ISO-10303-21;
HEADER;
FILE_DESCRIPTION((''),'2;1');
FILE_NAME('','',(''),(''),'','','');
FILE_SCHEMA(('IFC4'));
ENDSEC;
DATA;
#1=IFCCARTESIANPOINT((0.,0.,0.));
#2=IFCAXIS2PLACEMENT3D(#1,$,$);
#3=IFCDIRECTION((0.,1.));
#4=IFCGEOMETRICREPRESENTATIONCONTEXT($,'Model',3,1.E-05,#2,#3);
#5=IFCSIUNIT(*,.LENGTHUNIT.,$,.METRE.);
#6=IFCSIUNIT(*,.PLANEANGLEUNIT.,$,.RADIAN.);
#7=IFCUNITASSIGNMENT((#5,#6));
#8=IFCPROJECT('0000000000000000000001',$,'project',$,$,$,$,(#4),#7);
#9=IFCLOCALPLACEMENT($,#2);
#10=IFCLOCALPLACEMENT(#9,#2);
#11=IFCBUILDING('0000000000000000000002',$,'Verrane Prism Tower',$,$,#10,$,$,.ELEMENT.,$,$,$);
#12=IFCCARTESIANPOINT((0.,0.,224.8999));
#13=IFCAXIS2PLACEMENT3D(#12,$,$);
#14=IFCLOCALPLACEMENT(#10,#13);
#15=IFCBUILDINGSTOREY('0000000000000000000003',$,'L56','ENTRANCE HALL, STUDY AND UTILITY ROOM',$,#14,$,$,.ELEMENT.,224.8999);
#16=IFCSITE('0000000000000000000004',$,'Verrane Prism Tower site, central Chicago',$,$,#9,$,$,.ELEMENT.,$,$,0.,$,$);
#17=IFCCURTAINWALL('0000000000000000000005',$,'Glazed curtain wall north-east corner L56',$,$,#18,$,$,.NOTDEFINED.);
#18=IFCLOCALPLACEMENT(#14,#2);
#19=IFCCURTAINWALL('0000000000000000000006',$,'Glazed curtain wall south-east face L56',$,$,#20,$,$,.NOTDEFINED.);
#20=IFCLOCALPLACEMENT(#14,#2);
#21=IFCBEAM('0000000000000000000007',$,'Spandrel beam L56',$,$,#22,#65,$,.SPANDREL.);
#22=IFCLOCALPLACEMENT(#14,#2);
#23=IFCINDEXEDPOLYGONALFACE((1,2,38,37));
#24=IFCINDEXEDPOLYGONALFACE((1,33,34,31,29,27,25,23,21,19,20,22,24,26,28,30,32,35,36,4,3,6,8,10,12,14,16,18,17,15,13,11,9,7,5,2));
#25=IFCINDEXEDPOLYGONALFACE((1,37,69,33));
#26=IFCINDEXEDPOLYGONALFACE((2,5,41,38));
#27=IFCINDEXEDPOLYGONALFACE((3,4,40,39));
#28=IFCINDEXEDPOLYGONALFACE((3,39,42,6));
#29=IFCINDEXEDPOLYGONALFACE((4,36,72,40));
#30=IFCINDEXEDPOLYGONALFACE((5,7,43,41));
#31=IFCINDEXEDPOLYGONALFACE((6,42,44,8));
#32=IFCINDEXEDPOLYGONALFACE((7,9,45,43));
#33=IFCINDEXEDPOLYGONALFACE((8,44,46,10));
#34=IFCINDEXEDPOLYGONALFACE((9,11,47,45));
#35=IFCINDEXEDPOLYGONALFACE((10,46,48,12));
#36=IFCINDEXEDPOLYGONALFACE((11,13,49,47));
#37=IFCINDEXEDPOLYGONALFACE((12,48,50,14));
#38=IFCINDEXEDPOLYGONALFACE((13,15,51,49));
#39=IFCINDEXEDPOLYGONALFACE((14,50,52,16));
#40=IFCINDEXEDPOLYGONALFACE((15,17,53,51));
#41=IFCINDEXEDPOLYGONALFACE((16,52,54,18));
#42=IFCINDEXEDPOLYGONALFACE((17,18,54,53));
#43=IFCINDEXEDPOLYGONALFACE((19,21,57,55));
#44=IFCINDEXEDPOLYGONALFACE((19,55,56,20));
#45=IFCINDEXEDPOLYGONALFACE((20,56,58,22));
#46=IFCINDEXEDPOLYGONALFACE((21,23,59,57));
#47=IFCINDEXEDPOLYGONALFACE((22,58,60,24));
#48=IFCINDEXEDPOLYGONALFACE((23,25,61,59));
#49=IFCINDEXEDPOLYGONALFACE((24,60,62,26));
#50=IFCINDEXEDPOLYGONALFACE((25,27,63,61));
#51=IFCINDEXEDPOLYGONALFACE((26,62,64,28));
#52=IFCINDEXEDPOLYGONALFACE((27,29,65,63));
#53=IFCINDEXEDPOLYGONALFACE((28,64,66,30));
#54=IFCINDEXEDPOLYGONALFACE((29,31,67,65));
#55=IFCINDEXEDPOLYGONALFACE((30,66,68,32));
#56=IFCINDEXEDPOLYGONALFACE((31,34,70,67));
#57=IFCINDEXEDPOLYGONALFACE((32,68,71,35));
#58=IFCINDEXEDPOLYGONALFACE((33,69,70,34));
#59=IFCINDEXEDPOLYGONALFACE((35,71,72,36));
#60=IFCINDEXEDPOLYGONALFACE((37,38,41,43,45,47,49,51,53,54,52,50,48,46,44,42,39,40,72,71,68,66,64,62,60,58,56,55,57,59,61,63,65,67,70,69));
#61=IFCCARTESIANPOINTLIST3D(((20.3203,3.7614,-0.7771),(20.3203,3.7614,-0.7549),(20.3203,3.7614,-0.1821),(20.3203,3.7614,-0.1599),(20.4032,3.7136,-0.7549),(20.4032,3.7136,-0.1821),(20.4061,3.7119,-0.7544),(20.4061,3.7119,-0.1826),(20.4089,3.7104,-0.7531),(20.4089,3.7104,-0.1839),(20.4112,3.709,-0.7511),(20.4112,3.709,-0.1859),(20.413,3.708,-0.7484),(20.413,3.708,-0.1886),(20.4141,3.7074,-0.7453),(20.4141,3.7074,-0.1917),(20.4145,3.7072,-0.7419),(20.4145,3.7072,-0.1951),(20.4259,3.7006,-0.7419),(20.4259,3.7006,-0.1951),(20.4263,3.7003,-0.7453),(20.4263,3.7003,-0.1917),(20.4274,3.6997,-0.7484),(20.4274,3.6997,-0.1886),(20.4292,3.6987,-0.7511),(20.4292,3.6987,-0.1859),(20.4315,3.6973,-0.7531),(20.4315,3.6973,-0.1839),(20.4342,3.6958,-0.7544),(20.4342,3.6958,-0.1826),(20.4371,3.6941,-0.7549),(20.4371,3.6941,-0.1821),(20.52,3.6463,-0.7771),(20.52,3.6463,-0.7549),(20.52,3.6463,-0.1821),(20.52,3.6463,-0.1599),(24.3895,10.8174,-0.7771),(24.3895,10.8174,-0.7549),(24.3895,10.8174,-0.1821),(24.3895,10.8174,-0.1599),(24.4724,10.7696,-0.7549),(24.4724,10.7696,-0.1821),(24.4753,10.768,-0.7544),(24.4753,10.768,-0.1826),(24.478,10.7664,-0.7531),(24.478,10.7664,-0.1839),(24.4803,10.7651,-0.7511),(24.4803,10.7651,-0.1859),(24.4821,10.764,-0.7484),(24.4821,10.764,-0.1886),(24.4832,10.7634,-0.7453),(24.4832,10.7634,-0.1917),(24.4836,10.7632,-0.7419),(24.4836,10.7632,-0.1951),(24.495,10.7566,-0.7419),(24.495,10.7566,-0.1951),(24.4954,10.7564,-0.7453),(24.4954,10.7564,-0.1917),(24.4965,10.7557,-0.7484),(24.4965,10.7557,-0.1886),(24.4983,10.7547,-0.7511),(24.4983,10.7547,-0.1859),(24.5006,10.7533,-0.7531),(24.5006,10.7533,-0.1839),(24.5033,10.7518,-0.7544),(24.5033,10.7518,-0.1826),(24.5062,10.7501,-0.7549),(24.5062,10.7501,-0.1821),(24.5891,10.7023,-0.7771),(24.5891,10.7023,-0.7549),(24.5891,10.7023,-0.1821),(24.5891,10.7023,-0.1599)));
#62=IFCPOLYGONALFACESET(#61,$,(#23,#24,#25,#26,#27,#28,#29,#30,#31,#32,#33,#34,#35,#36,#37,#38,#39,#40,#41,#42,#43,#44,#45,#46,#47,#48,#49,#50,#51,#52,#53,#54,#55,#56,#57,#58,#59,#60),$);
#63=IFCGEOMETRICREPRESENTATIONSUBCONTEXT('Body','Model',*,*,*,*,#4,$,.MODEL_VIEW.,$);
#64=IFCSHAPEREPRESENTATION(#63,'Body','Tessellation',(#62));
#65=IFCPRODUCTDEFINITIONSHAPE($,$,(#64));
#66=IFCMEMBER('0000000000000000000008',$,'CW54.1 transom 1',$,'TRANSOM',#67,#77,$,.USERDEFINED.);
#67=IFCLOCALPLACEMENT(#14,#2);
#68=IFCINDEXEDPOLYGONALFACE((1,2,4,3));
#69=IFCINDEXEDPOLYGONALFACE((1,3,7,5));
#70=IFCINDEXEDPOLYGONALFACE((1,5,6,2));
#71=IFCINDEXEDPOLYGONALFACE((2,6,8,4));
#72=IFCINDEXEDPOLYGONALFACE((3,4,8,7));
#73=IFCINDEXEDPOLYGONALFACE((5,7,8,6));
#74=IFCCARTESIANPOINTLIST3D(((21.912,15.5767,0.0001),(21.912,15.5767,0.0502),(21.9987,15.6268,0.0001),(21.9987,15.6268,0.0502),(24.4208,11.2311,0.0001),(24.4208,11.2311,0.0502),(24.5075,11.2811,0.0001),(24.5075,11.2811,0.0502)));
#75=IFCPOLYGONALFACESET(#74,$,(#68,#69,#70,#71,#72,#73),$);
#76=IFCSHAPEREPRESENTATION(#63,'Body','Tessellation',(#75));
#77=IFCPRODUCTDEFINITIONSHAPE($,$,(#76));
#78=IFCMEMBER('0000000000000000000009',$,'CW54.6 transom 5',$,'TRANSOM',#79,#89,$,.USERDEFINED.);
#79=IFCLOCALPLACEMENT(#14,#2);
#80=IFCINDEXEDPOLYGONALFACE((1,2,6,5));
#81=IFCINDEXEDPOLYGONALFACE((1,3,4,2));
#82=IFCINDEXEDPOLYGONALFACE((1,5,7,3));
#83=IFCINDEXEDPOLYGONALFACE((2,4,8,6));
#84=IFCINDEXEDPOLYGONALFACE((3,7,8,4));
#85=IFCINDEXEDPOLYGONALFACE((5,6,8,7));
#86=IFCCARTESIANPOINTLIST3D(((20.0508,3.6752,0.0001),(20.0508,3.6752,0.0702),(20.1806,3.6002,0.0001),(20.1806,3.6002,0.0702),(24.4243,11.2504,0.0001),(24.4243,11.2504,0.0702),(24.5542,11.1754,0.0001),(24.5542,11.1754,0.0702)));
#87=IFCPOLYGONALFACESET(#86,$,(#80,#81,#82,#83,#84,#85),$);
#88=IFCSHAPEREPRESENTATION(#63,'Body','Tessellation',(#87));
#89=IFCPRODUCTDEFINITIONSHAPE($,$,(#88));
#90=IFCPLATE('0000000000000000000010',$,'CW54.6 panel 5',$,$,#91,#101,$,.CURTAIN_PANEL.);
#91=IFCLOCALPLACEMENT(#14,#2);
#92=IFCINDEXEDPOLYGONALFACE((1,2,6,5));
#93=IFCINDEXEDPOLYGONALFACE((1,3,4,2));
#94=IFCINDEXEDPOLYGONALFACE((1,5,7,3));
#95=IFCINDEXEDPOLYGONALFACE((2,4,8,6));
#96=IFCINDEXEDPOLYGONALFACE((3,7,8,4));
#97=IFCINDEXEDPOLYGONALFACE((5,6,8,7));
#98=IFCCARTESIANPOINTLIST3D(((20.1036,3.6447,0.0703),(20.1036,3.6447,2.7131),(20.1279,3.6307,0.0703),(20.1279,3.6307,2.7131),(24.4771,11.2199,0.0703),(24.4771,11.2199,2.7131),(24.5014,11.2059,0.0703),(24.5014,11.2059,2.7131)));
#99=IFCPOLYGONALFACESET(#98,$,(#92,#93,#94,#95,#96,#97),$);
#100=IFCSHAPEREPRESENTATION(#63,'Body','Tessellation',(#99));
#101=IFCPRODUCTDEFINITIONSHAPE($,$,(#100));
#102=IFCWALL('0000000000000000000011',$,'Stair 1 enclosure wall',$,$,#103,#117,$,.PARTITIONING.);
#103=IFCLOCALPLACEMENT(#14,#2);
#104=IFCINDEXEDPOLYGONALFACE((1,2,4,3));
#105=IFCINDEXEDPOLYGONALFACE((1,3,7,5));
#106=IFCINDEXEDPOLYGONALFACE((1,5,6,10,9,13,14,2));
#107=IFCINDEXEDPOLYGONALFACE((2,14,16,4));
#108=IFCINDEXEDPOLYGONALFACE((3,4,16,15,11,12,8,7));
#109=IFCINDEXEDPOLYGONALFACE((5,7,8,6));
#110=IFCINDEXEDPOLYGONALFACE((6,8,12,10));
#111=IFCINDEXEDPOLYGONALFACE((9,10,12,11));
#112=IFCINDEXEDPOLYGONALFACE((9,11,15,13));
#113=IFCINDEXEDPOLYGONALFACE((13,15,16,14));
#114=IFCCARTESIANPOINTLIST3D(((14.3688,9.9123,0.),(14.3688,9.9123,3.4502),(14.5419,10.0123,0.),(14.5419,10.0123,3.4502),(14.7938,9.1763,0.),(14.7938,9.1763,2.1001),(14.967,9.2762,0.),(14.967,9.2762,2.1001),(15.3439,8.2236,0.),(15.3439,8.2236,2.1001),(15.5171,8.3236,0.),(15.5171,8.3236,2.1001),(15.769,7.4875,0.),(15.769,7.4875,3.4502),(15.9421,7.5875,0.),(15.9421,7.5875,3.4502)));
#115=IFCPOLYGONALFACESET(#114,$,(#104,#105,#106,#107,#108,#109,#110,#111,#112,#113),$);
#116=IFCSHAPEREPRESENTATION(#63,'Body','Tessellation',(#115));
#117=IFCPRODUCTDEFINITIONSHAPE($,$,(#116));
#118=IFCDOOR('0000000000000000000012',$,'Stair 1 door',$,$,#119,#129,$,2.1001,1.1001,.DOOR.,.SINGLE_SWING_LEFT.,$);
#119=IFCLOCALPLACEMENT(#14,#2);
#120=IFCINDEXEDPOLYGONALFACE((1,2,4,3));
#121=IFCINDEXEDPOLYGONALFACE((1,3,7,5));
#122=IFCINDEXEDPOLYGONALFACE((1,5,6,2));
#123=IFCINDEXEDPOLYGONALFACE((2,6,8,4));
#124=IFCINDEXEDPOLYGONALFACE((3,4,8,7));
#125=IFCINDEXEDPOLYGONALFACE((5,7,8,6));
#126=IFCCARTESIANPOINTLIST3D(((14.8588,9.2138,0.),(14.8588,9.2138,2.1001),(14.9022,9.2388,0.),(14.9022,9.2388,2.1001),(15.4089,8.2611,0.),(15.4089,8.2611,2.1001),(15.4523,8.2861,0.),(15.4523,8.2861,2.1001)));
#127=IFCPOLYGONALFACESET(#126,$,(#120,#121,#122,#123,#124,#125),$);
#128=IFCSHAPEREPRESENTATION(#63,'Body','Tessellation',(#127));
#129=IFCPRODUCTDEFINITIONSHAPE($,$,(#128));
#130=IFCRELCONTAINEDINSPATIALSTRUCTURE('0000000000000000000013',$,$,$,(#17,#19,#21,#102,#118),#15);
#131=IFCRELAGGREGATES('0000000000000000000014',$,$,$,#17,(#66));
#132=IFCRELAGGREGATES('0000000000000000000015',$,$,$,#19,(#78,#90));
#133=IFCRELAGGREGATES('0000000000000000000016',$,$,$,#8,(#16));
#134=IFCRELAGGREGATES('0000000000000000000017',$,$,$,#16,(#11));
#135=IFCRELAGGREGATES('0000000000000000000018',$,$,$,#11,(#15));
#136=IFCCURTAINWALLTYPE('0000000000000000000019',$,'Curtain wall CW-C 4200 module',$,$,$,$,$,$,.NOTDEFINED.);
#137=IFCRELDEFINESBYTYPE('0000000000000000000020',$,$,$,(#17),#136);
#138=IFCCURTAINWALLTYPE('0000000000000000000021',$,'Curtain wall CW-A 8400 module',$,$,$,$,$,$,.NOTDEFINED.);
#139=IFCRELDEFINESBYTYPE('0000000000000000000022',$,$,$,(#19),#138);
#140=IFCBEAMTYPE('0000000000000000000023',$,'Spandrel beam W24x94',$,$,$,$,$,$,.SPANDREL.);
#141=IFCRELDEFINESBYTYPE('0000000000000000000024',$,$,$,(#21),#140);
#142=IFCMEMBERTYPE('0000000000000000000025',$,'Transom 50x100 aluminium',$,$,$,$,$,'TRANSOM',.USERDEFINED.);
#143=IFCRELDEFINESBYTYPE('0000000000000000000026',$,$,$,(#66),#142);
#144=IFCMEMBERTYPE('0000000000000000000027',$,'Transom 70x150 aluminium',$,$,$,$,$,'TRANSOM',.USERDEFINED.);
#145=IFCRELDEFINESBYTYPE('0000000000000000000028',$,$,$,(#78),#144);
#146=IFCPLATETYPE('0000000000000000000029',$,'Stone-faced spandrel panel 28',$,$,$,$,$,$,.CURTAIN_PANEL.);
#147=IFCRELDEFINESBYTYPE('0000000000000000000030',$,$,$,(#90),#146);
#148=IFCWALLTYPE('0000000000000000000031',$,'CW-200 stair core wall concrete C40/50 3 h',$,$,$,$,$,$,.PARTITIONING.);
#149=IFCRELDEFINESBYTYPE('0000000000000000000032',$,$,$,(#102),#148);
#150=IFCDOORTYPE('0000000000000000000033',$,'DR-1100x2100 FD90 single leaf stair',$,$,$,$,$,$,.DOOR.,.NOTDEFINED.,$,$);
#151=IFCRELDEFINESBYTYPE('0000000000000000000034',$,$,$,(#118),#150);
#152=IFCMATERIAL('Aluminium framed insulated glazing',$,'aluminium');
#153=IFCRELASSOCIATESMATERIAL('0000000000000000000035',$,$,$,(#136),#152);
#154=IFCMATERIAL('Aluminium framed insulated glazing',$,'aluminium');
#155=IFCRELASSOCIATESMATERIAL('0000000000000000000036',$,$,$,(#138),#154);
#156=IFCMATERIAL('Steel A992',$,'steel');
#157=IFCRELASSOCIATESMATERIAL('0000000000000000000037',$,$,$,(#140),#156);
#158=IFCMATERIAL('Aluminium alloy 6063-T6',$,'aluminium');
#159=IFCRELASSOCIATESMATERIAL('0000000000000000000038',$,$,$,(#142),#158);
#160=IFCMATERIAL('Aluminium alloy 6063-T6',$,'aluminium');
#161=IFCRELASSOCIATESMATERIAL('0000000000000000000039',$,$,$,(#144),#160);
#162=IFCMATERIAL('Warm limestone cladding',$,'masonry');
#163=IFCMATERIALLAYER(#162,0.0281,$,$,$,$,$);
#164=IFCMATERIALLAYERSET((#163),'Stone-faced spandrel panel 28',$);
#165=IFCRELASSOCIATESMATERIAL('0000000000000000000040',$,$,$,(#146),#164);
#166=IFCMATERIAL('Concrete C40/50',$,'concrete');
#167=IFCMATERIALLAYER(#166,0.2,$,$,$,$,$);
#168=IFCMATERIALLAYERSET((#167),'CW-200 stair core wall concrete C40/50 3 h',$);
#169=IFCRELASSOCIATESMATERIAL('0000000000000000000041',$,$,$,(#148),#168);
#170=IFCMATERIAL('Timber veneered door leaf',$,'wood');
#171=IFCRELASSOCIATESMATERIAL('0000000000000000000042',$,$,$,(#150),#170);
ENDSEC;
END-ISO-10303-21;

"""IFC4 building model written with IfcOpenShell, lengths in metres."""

from ifc_helpers import new_model, si_unit, direction, frame, frame_2d, origin, origin_2d, place, context, subcontext, project, spatial, rectangle, i_section, extrude, material, layer, layer_set, material_profile, profile_set, type_object, element, fill, aggregate, save


model = new_model("IFC4")

# Units and contexts
model_context = context("Model", 3, precision=1e-05, world=origin(), true_north=direction((0.0, 1.0)))
body_context = subcontext(model_context, "Body", "Model", "MODEL_VIEW")
ifc_project = project(units=[si_unit("LENGTHUNIT", "METRE"), si_unit("PLANEANGLEUNIT", "RADIAN")], contexts=[model_context])

# Site, building, storey
site_placement = place(None, origin())
site = spatial("IfcSite", under=ifc_project, at=site_placement, Name="Verrane Prism Tower site, central Chicago", CompositionType="ELEMENT", RefElevation=0.0)
building_placement = place(site_placement, origin())
building = spatial("IfcBuilding", under=site, at=building_placement, Name="Verrane Prism Tower", CompositionType="ELEMENT")
storey_placement = place(building_placement, frame((0.0, 0.0, 224.8999)))
storey = spatial("IfcBuildingStorey", under=building, at=storey_placement, Name="L56", Description="ENTRANCE HALL, STUDY AND UTILITY ROOM", CompositionType="ELEMENT", Elevation=224.8999)

# Curtain walls
ifc_material_1 = material(Name="Aluminium framed insulated glazing", Category="aluminium")
curtain_wall_type_1 = type_object("IfcCurtainWallType", Name="Curtain wall CW-C 4200 module", PredefinedType="NOTDEFINED", material=ifc_material_1)
curtain_wall_1_placement = place(storey_placement, origin())
curtain_wall_1 = element("IfcCurtainWall", 1, at=curtain_wall_1_placement, inside=storey, type_object=curtain_wall_type_1, Name="Glazed curtain wall north-east corner L56", PredefinedType="NOTDEFINED")
ifc_material_2 = material(Name="Aluminium framed insulated glazing", Category="aluminium")
curtain_wall_type_2 = type_object("IfcCurtainWallType", Name="Curtain wall CW-A 8400 module", PredefinedType="NOTDEFINED", material=ifc_material_2)
curtain_wall_2_placement = place(storey_placement, origin())
curtain_wall_2 = element("IfcCurtainWall", 2, at=curtain_wall_2_placement, inside=storey, type_object=curtain_wall_type_2, Name="Glazed curtain wall south-east face L56", PredefinedType="NOTDEFINED")

# Beam
ifc_material_3 = material(Name="Steel A992", Category="steel")
ifc_material_profile_1 = material_profile(ifc_material_3, i_section(OverallWidth=0.2305, OverallDepth=0.6172, WebThickness=0.0132, FlangeThickness=0.0222, FilletRadius=0.0129, at=origin_2d()), Name="W24x94")
ifc_profile_set_1 = profile_set([ifc_material_profile_1], Name="Steel A992")
beam_type_1 = type_object("IfcBeamType", Name="Spandrel beam W24x94", PredefinedType="SPANDREL", material=ifc_profile_set_1)
beam_1_placement = place(storey_placement, frame((20.4202, 3.7039, -0.4685), z_axis=(0.499573, 0.866272, 0.0), x_axis=(-0.866272, 0.499573, 0.0)))
element("IfcBeam", 3, at=beam_1_placement, inside=storey, type_object=beam_type_1, Name="Spandrel beam L56", PredefinedType="SPANDREL", context=body_context, shape_type="SweptSolid", body=[
    extrude(i_section(OverallWidth=0.2305, OverallDepth=0.6172, WebThickness=0.0132, FlangeThickness=0.0222, FilletRadius=0.0129, at=origin_2d()), origin(), (0.0, 0.0, 1.0), 8.1453),
])

# Members
ifc_material_4 = material(Name="Aluminium alloy 6063-T6", Category="aluminium")
ifc_material_profile_2 = material_profile(ifc_material_4, rectangle(XDim=0.1001, YDim=0.05, at=origin_2d()), Name="Transom 50x100 aluminium")
ifc_profile_set_2 = profile_set([ifc_material_profile_2], Name="Aluminium alloy 6063-T6")
member_type_1 = type_object("IfcMemberType", Name="Transom 50x100 aluminium", ElementType="TRANSOM", PredefinedType="USERDEFINED", material=ifc_profile_set_2)
member_1_placement = place(storey_placement, frame((24.4641, 11.2561, 0.0251), z_axis=(-0.49997, 0.866043, 0.0), x_axis=(-0.866043, -0.49997, 0.0)))
member_1 = element("IfcMember", 4, at=member_1_placement, type_object=member_type_1, Name="CW54.1 transom 1", ObjectType="TRANSOM", PredefinedType="USERDEFINED", context=body_context, shape_type="SweptSolid", body=[
    extrude(rectangle(XDim=0.1001, YDim=0.05, at=origin_2d()), origin(), (0.0, 0.0, 1.0), 5.0178),
])
aggregate(curtain_wall_1, [member_1])
ifc_material_5 = material(Name="Aluminium alloy 6063-T6", Category="aluminium")
ifc_material_profile_3 = material_profile(ifc_material_5, rectangle(XDim=0.1499, YDim=0.0701, at=origin_2d()), Name="Transom 70x150 aluminium")
ifc_profile_set_3 = profile_set([ifc_material_profile_3], Name="Aluminium alloy 6063-T6")
member_type_2 = type_object("IfcMemberType", Name="Transom 70x150 aluminium", ElementType="TRANSOM", PredefinedType="USERDEFINED", material=ifc_profile_set_3)
member_2_placement = place(storey_placement, frame((20.1157, 3.6377, 0.0352), z_axis=(0.499999, 0.866026, 0.0), x_axis=(-0.866026, 0.499999, 0.0)))
member_2 = element("IfcMember", 5, at=member_2_placement, type_object=member_type_2, Name="CW54.6 transom 5", ObjectType="TRANSOM", PredefinedType="USERDEFINED", context=body_context, shape_type="SweptSolid", body=[
    extrude(rectangle(XDim=0.1499, YDim=0.0701, at=origin_2d()), origin(), (0.0, 0.0, 1.0), 8.7471),
])

# Plate
ifc_material_6 = material(Name="Warm limestone cladding", Category="masonry")
ifc_layer_1 = layer(ifc_material_6, 0.0281)
ifc_layer_set_1 = layer_set([ifc_layer_1], Name="Stone-faced spandrel panel 28")
plate_type = type_object("IfcPlateType", Name="Stone-faced spandrel panel 28", PredefinedType="CURTAIN_PANEL", material=ifc_layer_set_1)
plate_placement = place(storey_placement, frame((22.3025, 7.4253, 0.0703), z_axis=(0.0, 0.0, 1.0), x_axis=(0.500001, 0.866025, 0.0)))
plate = element("IfcPlate", 6, at=plate_placement, type_object=plate_type, Name="CW54.6 panel 5", PredefinedType="CURTAIN_PANEL", context=body_context, shape_type="SweptSolid", body=[
    extrude(rectangle(XDim=8.7471, YDim=0.0281, at=origin_2d()), origin(), (0.0, 0.0, 1.0), 2.6428),
])
aggregate(curtain_wall_2, [member_2, plate])

# Wall, opening, door
ifc_material_7 = material(Name="Concrete C40/50", Category="concrete")
ifc_layer_2 = layer(ifc_material_7, 0.2)
ifc_layer_set_2 = layer_set([ifc_layer_2], Name="CW-200 stair core wall concrete C40/50 3 h")
wall_type_1 = type_object("IfcWallType", Name="CW-200 stair core wall concrete C40/50 3 h", PredefinedType="PARTITIONING", material=ifc_layer_set_2)
wall_1_placement = place(storey_placement, frame((15.8555, 7.5376, 0.0), z_axis=(0.0, 0.0, 1.0), x_axis=(-0.50005, 0.865997, 0.0)))
wall_1 = element("IfcWall", 7, at=wall_1_placement, inside=storey, type_object=wall_type_1, Name="Stair 1 enclosure wall", PredefinedType="PARTITIONING", context=body_context, shape_type="SweptSolid", body=[
    extrude(rectangle(XDim=2.8, YDim=0.2, at=frame_2d((1.3999, 0.0))), origin(), (0.0, 0.0, 1.0), 3.4502),
])
opening_1_placement = place(wall_1_placement, frame((0.8499, 0.0, 0.0)))
opening_1 = element("IfcOpeningElement", 8, at=opening_1_placement, cuts=wall_1, PredefinedType="OPENING", context=body_context, shape_type="SweptSolid", body=[
    extrude(rectangle(XDim=1.1001, YDim=2.1001, at=frame_2d((0.55, 1.05))), frame((0.0, 0.1099, 0.0), z_axis=(0.0, -1.0, 0.0), x_axis=(1.0, 0.0, 0.0)), (0.0, 0.0, 1.0), 0.22),
])
ifc_material_8 = material(Name="Timber veneered door leaf", Category="wood")
door_type_1 = type_object("IfcDoorType", Name="DR-1100x2100 FD90 single leaf stair", OperationType="NOTDEFINED", PredefinedType="DOOR", material=ifc_material_8)
door_1_placement = place(opening_1_placement, origin())
door_1 = element("IfcDoor", 9, at=door_1_placement, inside=storey, type_object=door_type_1, Name="Stair 1 door", OperationType="SINGLE_SWING_LEFT", OverallHeight=2.1001, OverallWidth=1.1001, PredefinedType="DOOR", context=body_context, shape_type="SweptSolid", body=[
    extrude(rectangle(XDim=1.1001, YDim=2.1001, at=frame_2d((0.55, 1.05))), frame((0.0, 0.0249, 0.0), z_axis=(0.0, -1.0, 0.0), x_axis=(1.0, 0.0, 0.0)), (0.0, 0.0, 1.0), 0.05),
])
fill(opening_1, door_1)

save(model, "model.ifc")
